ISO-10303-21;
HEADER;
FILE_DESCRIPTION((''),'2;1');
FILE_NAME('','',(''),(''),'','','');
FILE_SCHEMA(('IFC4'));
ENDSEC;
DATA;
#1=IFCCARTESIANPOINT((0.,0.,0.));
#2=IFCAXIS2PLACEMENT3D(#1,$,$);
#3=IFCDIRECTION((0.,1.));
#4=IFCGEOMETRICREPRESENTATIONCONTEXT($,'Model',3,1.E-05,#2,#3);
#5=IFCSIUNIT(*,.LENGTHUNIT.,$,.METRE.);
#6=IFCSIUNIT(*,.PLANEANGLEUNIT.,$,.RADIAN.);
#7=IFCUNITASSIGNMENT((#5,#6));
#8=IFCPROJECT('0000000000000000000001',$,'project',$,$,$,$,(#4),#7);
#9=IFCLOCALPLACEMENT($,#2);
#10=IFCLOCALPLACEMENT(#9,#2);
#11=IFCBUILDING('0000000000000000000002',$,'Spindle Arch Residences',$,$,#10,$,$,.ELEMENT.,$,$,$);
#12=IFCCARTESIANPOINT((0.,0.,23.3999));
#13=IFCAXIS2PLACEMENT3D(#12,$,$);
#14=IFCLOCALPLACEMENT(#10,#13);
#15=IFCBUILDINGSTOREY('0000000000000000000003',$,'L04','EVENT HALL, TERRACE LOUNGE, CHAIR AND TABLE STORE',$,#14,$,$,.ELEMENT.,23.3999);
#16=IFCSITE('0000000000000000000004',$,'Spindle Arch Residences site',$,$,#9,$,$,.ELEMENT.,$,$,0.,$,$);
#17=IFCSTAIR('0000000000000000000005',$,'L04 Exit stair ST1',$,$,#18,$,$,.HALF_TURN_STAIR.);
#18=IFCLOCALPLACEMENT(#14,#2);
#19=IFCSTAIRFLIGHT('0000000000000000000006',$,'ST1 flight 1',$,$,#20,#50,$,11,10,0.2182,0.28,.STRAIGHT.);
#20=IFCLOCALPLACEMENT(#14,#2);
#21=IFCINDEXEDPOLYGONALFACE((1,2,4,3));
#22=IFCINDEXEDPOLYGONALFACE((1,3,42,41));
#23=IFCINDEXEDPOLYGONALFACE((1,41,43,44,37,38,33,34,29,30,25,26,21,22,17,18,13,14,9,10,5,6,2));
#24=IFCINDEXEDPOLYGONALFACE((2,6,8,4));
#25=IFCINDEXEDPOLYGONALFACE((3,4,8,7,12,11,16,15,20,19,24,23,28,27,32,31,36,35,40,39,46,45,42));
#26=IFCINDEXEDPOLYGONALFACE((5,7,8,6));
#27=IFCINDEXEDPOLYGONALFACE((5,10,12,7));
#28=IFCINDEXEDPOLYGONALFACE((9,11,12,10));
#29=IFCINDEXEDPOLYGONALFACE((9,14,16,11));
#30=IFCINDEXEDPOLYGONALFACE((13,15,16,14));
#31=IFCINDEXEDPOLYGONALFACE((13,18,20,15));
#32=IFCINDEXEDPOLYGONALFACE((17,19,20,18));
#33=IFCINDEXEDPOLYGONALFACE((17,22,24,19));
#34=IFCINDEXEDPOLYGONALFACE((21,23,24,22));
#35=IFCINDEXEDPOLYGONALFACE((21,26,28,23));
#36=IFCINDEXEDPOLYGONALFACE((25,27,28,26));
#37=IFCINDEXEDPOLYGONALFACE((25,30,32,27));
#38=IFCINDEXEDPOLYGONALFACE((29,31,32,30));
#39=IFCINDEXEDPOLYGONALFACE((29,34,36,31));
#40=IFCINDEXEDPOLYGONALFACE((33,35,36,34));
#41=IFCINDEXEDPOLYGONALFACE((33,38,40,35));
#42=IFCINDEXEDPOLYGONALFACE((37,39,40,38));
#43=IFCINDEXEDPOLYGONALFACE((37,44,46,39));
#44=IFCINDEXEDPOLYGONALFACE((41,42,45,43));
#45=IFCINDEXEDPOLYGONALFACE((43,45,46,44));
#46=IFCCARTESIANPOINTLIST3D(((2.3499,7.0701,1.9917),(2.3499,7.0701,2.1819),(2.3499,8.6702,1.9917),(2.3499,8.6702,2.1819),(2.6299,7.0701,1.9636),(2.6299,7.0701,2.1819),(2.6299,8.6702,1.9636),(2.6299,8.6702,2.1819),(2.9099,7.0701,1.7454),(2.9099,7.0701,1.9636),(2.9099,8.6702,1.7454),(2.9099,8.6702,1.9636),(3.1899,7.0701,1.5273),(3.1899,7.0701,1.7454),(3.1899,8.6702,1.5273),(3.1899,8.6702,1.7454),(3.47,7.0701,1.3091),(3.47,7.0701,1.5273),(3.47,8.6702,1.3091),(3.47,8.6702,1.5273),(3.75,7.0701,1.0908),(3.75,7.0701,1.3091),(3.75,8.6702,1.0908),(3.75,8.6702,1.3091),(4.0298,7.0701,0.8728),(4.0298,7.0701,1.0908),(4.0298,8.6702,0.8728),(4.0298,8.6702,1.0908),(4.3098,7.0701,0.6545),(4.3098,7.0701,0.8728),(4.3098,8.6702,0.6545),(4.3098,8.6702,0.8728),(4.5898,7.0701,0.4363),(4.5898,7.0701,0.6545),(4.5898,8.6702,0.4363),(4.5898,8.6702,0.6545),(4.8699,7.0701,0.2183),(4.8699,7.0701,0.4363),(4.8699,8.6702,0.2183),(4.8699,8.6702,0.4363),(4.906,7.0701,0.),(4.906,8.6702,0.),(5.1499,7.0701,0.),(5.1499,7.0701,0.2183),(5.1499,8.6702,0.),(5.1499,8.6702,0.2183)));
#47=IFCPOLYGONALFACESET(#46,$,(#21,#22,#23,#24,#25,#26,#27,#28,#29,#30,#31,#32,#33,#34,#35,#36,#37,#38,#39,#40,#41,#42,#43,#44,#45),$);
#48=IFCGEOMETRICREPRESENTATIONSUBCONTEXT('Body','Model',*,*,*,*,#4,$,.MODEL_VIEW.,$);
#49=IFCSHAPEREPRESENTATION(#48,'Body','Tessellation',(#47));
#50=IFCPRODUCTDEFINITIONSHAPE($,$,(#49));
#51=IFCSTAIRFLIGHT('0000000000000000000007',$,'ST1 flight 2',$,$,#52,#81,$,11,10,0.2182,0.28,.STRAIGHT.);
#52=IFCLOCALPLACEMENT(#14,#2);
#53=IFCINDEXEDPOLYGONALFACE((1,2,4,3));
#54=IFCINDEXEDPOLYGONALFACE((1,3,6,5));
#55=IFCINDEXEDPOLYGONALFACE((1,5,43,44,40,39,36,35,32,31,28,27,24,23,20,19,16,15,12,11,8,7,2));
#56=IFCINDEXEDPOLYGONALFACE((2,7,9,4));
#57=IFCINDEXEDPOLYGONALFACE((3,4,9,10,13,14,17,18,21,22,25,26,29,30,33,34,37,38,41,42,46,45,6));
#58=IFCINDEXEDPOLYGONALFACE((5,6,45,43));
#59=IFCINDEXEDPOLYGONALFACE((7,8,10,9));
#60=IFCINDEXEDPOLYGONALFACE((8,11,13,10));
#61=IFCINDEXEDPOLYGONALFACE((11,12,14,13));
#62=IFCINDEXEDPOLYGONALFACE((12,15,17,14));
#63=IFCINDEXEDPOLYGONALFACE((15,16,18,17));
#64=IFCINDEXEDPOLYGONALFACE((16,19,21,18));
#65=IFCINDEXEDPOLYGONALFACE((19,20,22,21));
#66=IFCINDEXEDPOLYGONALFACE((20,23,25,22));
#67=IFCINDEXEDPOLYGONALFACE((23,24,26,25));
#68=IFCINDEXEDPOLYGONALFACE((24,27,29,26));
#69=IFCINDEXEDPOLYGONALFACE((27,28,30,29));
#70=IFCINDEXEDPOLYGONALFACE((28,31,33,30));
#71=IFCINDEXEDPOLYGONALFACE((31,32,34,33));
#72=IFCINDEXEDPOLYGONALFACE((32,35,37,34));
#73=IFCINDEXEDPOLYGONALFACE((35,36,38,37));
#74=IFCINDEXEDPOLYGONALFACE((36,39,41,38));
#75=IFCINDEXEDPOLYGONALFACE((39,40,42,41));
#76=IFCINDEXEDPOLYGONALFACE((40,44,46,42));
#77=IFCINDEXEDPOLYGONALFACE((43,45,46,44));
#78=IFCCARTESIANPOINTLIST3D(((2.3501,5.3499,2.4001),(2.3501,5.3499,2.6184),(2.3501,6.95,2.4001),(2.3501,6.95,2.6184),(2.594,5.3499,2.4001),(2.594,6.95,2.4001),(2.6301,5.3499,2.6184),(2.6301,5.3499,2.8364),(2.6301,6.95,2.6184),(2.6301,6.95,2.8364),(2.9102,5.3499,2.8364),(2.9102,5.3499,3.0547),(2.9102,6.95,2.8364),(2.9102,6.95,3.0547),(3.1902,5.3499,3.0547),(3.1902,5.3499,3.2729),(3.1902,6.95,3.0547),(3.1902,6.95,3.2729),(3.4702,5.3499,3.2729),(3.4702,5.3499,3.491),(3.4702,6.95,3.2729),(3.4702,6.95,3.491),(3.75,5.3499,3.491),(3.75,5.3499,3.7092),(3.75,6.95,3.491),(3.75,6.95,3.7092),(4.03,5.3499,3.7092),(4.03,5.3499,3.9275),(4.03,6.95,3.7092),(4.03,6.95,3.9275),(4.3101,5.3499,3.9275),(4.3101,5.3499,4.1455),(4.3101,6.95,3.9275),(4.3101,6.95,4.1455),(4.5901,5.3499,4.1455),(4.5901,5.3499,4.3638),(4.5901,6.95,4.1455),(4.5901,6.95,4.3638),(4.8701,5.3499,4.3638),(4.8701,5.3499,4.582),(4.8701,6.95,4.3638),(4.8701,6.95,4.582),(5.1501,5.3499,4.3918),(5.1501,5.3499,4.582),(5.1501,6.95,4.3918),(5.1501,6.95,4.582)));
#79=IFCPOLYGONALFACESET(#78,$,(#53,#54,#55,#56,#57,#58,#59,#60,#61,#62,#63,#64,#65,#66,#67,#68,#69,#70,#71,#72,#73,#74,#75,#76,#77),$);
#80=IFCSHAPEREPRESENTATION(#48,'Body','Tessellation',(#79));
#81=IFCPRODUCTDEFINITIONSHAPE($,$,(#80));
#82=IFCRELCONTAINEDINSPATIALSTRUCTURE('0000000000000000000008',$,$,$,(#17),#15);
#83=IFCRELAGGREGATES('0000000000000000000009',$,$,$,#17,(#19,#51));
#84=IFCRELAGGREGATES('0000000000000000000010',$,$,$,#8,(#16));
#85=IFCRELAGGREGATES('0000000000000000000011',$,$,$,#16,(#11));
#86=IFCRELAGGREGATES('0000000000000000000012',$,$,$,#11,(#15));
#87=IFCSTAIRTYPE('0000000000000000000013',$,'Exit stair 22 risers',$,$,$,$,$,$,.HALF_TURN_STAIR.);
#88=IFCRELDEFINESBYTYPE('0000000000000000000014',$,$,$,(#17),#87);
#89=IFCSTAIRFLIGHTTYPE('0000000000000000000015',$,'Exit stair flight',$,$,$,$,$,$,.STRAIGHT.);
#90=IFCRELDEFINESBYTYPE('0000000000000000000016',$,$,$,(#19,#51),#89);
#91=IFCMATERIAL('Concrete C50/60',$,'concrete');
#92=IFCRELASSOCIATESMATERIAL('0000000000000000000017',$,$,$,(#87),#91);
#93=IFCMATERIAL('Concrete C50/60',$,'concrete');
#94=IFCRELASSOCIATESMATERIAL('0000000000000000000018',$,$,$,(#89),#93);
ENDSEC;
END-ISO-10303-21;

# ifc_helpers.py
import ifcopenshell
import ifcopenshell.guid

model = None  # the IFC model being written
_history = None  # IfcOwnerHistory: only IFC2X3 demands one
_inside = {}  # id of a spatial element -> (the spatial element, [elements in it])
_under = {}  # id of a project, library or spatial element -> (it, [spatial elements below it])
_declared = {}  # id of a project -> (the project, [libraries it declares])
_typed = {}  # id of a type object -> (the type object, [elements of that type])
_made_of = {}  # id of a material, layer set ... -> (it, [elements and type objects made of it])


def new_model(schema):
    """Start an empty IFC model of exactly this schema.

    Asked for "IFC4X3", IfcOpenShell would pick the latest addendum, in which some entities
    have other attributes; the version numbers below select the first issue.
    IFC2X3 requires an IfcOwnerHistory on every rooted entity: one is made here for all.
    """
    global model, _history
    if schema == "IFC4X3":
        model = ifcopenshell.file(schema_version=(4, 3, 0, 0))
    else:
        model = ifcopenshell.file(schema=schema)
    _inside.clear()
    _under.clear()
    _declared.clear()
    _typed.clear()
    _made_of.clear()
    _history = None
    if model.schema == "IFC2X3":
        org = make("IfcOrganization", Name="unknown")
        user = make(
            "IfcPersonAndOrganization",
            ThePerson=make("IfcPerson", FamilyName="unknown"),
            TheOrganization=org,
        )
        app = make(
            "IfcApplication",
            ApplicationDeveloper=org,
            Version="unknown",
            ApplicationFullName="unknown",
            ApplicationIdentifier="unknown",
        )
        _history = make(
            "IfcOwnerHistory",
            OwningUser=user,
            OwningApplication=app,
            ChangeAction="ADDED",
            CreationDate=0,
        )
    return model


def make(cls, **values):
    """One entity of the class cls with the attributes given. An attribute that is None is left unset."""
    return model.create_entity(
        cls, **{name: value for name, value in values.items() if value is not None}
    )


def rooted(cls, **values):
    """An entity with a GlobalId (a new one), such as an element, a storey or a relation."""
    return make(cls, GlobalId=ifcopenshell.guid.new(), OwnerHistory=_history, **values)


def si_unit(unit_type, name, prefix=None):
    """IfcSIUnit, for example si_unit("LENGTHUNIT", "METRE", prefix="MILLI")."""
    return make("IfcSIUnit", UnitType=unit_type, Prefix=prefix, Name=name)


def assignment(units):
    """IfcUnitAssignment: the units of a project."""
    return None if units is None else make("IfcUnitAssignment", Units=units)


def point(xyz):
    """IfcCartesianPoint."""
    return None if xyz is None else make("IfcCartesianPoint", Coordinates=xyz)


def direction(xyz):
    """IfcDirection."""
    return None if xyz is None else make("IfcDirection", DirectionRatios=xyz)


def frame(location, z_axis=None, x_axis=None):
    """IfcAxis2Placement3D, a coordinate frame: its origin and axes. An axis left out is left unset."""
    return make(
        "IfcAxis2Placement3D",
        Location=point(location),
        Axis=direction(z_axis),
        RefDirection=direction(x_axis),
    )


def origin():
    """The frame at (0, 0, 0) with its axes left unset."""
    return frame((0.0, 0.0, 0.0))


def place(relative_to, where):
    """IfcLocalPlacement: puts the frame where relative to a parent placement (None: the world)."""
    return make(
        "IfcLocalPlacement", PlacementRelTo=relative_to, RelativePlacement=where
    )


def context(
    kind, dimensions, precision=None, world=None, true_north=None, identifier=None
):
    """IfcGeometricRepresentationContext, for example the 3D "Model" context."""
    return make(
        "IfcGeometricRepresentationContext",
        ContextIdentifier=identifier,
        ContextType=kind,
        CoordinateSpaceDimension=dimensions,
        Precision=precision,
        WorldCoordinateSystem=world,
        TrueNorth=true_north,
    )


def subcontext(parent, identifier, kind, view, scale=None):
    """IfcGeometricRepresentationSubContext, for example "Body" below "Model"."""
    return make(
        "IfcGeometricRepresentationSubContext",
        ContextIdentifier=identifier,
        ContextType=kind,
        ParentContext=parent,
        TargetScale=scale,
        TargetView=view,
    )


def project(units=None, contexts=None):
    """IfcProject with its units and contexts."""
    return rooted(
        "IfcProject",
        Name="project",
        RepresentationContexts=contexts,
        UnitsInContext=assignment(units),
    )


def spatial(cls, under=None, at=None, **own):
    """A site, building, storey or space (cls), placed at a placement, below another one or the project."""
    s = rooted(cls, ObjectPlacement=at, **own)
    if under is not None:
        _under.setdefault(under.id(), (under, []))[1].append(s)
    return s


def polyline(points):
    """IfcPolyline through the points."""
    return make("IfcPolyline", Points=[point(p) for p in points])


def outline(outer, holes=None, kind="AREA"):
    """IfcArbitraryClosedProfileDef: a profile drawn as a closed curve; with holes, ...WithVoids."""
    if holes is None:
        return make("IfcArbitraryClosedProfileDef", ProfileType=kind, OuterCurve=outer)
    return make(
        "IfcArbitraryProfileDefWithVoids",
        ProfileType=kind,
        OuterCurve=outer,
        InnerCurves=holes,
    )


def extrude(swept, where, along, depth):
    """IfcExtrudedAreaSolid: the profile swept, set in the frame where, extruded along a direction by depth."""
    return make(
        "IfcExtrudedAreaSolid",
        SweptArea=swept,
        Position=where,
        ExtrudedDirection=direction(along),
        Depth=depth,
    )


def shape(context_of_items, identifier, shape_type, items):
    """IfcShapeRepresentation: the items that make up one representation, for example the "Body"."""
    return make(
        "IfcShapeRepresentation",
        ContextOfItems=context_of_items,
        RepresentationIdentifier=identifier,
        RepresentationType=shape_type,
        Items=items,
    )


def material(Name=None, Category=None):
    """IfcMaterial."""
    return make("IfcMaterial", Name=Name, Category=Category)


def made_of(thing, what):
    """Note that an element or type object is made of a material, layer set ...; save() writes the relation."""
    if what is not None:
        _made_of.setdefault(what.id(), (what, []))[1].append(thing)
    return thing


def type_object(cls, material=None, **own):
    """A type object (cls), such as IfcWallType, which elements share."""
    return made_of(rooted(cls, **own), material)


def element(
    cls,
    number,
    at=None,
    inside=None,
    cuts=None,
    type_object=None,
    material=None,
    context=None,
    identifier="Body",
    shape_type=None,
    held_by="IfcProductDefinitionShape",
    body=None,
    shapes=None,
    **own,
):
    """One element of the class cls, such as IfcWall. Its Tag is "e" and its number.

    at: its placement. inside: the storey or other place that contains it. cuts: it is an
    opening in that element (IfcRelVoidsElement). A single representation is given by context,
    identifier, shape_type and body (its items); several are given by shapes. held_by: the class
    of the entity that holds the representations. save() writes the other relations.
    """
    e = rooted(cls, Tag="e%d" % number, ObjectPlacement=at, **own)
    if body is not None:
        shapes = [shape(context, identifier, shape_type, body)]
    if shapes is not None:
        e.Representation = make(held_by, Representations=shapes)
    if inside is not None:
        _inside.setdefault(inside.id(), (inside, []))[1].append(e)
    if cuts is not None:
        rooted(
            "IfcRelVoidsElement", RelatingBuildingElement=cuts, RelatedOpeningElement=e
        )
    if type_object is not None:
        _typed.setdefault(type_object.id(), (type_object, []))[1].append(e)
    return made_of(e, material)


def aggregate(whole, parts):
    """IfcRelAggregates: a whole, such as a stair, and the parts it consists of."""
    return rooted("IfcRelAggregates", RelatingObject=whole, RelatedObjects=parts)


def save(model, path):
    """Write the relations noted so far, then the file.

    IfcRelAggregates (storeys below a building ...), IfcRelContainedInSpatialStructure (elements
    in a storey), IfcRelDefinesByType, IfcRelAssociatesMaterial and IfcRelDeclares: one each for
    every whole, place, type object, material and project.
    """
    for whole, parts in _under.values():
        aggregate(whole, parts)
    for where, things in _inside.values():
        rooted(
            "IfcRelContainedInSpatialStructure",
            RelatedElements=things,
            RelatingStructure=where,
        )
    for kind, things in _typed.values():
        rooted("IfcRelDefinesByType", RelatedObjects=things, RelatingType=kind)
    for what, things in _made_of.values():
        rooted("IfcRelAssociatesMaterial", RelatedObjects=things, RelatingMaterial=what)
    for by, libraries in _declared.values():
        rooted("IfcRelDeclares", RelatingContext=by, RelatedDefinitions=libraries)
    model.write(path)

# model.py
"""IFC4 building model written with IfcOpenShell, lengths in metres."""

from ifc_helpers import new_model, si_unit, direction, frame, origin, place, context, subcontext, project, spatial, polyline, outline, extrude, material, type_object, element, aggregate, save


model = new_model("IFC4")

# Units and contexts
model_context = context("Model", 3, precision=1e-05, world=origin(), true_north=direction((0.0, 1.0)))
body_context = subcontext(model_context, "Body", "Model", "MODEL_VIEW")
ifc_project = project(units=[si_unit("LENGTHUNIT", "METRE"), si_unit("PLANEANGLEUNIT", "RADIAN")], contexts=[model_context])

# Site, building, storey
site_placement = place(None, origin())
site = spatial("IfcSite", under=ifc_project, at=site_placement, Name="Spindle Arch Residences site", CompositionType="ELEMENT", RefElevation=0.0)
building_placement = place(site_placement, origin())
building = spatial("IfcBuilding", under=site, at=building_placement, Name="Spindle Arch Residences", CompositionType="ELEMENT")
storey_placement = place(building_placement, frame((0.0, 0.0, 23.3999)))
storey = spatial("IfcBuildingStorey", under=building, at=storey_placement, Name="L04", Description="EVENT HALL, TERRACE LOUNGE, CHAIR AND TABLE STORE", CompositionType="ELEMENT", Elevation=23.3999)

# Shared definitions
ifc_material_1 = material(Name="Concrete C50/60", Category="concrete")
stair_type = type_object("IfcStairType", Name="Exit stair 22 risers", PredefinedType="HALF_TURN_STAIR", material=ifc_material_1)

# Stair, stair flights
stair_1_placement = place(storey_placement, origin())
stair_1 = element("IfcStair", 1, at=stair_1_placement, inside=storey, type_object=stair_type, Name="L04 Exit stair ST1", PredefinedType="HALF_TURN_STAIR")
ifc_material_2 = material(Name="Concrete C50/60", Category="concrete")
stair_flight_type = type_object("IfcStairFlightType", Name="Exit stair flight", PredefinedType="STRAIGHT", material=ifc_material_2)
stair_flight_1_placement = place(storey_placement, frame((5.1499, 7.8701, 0.0), z_axis=(0.0, 0.0, 1.0), x_axis=(-1.0, 0.0, 0.0)))
stair_flight_1 = element("IfcStairFlight", 2, at=stair_flight_1_placement, type_object=stair_flight_type, Name="ST1 flight 1", NumberOfRisers=11, NumberOfTreads=10, PredefinedType="STRAIGHT", RiserHeight=0.2182, TreadLength=0.28, context=body_context, shape_type="SweptSolid", body=[
    extrude(outline(polyline([(0.0, 0.0), (0.0, 0.2183), (0.28, 0.2183), (0.28, 0.4363), (0.5601, 0.4363), (0.5601, 0.6545), (0.8401, 0.6545), (0.8401, 0.8728), (1.1201, 0.8728), (1.1201, 1.0908), (1.3999, 1.0908), (1.3999, 1.3091), (1.6799, 1.3091), (1.6799, 1.5273), (1.96, 1.5273), (1.96, 1.7454), (2.24, 1.7454), (2.24, 1.9636), (2.52, 1.9636), (2.52, 2.1819), (2.8, 2.1819), (2.8, 2.3999), (2.8, 1.9917), (0.2439, 0.0), (0.0, 0.0)])), frame((0.0, 0.8, 0.0), z_axis=(0.0, -1.0, 0.0), x_axis=(1.0, 0.0, 0.0)), (0.0, 0.0, 1.0), 1.6001),
])
stair_flight_2_placement = place(storey_placement, frame((2.3501, 6.1499, 2.4001), z_axis=(0.0, 0.0, 1.0), x_axis=(1.0, 0.0, 0.0)))
stair_flight_2 = element("IfcStairFlight", 3, at=stair_flight_2_placement, type_object=stair_flight_type, Name="ST1 flight 2", NumberOfRisers=11, NumberOfTreads=10, PredefinedType="STRAIGHT", RiserHeight=0.2182, TreadLength=0.28, context=body_context, shape_type="SweptSolid", body=[
    extrude(outline(polyline([(0.0, 0.0), (0.0, 0.2183), (0.28, 0.2183), (0.28, 0.4363), (0.5601, 0.4363), (0.5601, 0.6545), (0.8401, 0.6545), (0.8401, 0.8728), (1.1201, 0.8728), (1.1201, 1.0908), (1.3999, 1.0908), (1.3999, 1.3091), (1.6799, 1.3091), (1.6799, 1.5273), (1.96, 1.5273), (1.96, 1.7454), (2.24, 1.7454), (2.24, 1.9636), (2.52, 1.9636), (2.52, 2.1819), (2.8, 2.1819), (2.8, 2.3999), (2.8, 1.9917), (0.2439, 0.0), (0.0, 0.0)])), frame((0.0, 0.8, 0.0), z_axis=(0.0, -1.0, 0.0), x_axis=(1.0, 0.0, 0.0)), (0.0, 0.0, 1.0), 1.6001),
])
aggregate(stair_1, [stair_flight_1, stair_flight_2])

save(model, "model.ifc")
